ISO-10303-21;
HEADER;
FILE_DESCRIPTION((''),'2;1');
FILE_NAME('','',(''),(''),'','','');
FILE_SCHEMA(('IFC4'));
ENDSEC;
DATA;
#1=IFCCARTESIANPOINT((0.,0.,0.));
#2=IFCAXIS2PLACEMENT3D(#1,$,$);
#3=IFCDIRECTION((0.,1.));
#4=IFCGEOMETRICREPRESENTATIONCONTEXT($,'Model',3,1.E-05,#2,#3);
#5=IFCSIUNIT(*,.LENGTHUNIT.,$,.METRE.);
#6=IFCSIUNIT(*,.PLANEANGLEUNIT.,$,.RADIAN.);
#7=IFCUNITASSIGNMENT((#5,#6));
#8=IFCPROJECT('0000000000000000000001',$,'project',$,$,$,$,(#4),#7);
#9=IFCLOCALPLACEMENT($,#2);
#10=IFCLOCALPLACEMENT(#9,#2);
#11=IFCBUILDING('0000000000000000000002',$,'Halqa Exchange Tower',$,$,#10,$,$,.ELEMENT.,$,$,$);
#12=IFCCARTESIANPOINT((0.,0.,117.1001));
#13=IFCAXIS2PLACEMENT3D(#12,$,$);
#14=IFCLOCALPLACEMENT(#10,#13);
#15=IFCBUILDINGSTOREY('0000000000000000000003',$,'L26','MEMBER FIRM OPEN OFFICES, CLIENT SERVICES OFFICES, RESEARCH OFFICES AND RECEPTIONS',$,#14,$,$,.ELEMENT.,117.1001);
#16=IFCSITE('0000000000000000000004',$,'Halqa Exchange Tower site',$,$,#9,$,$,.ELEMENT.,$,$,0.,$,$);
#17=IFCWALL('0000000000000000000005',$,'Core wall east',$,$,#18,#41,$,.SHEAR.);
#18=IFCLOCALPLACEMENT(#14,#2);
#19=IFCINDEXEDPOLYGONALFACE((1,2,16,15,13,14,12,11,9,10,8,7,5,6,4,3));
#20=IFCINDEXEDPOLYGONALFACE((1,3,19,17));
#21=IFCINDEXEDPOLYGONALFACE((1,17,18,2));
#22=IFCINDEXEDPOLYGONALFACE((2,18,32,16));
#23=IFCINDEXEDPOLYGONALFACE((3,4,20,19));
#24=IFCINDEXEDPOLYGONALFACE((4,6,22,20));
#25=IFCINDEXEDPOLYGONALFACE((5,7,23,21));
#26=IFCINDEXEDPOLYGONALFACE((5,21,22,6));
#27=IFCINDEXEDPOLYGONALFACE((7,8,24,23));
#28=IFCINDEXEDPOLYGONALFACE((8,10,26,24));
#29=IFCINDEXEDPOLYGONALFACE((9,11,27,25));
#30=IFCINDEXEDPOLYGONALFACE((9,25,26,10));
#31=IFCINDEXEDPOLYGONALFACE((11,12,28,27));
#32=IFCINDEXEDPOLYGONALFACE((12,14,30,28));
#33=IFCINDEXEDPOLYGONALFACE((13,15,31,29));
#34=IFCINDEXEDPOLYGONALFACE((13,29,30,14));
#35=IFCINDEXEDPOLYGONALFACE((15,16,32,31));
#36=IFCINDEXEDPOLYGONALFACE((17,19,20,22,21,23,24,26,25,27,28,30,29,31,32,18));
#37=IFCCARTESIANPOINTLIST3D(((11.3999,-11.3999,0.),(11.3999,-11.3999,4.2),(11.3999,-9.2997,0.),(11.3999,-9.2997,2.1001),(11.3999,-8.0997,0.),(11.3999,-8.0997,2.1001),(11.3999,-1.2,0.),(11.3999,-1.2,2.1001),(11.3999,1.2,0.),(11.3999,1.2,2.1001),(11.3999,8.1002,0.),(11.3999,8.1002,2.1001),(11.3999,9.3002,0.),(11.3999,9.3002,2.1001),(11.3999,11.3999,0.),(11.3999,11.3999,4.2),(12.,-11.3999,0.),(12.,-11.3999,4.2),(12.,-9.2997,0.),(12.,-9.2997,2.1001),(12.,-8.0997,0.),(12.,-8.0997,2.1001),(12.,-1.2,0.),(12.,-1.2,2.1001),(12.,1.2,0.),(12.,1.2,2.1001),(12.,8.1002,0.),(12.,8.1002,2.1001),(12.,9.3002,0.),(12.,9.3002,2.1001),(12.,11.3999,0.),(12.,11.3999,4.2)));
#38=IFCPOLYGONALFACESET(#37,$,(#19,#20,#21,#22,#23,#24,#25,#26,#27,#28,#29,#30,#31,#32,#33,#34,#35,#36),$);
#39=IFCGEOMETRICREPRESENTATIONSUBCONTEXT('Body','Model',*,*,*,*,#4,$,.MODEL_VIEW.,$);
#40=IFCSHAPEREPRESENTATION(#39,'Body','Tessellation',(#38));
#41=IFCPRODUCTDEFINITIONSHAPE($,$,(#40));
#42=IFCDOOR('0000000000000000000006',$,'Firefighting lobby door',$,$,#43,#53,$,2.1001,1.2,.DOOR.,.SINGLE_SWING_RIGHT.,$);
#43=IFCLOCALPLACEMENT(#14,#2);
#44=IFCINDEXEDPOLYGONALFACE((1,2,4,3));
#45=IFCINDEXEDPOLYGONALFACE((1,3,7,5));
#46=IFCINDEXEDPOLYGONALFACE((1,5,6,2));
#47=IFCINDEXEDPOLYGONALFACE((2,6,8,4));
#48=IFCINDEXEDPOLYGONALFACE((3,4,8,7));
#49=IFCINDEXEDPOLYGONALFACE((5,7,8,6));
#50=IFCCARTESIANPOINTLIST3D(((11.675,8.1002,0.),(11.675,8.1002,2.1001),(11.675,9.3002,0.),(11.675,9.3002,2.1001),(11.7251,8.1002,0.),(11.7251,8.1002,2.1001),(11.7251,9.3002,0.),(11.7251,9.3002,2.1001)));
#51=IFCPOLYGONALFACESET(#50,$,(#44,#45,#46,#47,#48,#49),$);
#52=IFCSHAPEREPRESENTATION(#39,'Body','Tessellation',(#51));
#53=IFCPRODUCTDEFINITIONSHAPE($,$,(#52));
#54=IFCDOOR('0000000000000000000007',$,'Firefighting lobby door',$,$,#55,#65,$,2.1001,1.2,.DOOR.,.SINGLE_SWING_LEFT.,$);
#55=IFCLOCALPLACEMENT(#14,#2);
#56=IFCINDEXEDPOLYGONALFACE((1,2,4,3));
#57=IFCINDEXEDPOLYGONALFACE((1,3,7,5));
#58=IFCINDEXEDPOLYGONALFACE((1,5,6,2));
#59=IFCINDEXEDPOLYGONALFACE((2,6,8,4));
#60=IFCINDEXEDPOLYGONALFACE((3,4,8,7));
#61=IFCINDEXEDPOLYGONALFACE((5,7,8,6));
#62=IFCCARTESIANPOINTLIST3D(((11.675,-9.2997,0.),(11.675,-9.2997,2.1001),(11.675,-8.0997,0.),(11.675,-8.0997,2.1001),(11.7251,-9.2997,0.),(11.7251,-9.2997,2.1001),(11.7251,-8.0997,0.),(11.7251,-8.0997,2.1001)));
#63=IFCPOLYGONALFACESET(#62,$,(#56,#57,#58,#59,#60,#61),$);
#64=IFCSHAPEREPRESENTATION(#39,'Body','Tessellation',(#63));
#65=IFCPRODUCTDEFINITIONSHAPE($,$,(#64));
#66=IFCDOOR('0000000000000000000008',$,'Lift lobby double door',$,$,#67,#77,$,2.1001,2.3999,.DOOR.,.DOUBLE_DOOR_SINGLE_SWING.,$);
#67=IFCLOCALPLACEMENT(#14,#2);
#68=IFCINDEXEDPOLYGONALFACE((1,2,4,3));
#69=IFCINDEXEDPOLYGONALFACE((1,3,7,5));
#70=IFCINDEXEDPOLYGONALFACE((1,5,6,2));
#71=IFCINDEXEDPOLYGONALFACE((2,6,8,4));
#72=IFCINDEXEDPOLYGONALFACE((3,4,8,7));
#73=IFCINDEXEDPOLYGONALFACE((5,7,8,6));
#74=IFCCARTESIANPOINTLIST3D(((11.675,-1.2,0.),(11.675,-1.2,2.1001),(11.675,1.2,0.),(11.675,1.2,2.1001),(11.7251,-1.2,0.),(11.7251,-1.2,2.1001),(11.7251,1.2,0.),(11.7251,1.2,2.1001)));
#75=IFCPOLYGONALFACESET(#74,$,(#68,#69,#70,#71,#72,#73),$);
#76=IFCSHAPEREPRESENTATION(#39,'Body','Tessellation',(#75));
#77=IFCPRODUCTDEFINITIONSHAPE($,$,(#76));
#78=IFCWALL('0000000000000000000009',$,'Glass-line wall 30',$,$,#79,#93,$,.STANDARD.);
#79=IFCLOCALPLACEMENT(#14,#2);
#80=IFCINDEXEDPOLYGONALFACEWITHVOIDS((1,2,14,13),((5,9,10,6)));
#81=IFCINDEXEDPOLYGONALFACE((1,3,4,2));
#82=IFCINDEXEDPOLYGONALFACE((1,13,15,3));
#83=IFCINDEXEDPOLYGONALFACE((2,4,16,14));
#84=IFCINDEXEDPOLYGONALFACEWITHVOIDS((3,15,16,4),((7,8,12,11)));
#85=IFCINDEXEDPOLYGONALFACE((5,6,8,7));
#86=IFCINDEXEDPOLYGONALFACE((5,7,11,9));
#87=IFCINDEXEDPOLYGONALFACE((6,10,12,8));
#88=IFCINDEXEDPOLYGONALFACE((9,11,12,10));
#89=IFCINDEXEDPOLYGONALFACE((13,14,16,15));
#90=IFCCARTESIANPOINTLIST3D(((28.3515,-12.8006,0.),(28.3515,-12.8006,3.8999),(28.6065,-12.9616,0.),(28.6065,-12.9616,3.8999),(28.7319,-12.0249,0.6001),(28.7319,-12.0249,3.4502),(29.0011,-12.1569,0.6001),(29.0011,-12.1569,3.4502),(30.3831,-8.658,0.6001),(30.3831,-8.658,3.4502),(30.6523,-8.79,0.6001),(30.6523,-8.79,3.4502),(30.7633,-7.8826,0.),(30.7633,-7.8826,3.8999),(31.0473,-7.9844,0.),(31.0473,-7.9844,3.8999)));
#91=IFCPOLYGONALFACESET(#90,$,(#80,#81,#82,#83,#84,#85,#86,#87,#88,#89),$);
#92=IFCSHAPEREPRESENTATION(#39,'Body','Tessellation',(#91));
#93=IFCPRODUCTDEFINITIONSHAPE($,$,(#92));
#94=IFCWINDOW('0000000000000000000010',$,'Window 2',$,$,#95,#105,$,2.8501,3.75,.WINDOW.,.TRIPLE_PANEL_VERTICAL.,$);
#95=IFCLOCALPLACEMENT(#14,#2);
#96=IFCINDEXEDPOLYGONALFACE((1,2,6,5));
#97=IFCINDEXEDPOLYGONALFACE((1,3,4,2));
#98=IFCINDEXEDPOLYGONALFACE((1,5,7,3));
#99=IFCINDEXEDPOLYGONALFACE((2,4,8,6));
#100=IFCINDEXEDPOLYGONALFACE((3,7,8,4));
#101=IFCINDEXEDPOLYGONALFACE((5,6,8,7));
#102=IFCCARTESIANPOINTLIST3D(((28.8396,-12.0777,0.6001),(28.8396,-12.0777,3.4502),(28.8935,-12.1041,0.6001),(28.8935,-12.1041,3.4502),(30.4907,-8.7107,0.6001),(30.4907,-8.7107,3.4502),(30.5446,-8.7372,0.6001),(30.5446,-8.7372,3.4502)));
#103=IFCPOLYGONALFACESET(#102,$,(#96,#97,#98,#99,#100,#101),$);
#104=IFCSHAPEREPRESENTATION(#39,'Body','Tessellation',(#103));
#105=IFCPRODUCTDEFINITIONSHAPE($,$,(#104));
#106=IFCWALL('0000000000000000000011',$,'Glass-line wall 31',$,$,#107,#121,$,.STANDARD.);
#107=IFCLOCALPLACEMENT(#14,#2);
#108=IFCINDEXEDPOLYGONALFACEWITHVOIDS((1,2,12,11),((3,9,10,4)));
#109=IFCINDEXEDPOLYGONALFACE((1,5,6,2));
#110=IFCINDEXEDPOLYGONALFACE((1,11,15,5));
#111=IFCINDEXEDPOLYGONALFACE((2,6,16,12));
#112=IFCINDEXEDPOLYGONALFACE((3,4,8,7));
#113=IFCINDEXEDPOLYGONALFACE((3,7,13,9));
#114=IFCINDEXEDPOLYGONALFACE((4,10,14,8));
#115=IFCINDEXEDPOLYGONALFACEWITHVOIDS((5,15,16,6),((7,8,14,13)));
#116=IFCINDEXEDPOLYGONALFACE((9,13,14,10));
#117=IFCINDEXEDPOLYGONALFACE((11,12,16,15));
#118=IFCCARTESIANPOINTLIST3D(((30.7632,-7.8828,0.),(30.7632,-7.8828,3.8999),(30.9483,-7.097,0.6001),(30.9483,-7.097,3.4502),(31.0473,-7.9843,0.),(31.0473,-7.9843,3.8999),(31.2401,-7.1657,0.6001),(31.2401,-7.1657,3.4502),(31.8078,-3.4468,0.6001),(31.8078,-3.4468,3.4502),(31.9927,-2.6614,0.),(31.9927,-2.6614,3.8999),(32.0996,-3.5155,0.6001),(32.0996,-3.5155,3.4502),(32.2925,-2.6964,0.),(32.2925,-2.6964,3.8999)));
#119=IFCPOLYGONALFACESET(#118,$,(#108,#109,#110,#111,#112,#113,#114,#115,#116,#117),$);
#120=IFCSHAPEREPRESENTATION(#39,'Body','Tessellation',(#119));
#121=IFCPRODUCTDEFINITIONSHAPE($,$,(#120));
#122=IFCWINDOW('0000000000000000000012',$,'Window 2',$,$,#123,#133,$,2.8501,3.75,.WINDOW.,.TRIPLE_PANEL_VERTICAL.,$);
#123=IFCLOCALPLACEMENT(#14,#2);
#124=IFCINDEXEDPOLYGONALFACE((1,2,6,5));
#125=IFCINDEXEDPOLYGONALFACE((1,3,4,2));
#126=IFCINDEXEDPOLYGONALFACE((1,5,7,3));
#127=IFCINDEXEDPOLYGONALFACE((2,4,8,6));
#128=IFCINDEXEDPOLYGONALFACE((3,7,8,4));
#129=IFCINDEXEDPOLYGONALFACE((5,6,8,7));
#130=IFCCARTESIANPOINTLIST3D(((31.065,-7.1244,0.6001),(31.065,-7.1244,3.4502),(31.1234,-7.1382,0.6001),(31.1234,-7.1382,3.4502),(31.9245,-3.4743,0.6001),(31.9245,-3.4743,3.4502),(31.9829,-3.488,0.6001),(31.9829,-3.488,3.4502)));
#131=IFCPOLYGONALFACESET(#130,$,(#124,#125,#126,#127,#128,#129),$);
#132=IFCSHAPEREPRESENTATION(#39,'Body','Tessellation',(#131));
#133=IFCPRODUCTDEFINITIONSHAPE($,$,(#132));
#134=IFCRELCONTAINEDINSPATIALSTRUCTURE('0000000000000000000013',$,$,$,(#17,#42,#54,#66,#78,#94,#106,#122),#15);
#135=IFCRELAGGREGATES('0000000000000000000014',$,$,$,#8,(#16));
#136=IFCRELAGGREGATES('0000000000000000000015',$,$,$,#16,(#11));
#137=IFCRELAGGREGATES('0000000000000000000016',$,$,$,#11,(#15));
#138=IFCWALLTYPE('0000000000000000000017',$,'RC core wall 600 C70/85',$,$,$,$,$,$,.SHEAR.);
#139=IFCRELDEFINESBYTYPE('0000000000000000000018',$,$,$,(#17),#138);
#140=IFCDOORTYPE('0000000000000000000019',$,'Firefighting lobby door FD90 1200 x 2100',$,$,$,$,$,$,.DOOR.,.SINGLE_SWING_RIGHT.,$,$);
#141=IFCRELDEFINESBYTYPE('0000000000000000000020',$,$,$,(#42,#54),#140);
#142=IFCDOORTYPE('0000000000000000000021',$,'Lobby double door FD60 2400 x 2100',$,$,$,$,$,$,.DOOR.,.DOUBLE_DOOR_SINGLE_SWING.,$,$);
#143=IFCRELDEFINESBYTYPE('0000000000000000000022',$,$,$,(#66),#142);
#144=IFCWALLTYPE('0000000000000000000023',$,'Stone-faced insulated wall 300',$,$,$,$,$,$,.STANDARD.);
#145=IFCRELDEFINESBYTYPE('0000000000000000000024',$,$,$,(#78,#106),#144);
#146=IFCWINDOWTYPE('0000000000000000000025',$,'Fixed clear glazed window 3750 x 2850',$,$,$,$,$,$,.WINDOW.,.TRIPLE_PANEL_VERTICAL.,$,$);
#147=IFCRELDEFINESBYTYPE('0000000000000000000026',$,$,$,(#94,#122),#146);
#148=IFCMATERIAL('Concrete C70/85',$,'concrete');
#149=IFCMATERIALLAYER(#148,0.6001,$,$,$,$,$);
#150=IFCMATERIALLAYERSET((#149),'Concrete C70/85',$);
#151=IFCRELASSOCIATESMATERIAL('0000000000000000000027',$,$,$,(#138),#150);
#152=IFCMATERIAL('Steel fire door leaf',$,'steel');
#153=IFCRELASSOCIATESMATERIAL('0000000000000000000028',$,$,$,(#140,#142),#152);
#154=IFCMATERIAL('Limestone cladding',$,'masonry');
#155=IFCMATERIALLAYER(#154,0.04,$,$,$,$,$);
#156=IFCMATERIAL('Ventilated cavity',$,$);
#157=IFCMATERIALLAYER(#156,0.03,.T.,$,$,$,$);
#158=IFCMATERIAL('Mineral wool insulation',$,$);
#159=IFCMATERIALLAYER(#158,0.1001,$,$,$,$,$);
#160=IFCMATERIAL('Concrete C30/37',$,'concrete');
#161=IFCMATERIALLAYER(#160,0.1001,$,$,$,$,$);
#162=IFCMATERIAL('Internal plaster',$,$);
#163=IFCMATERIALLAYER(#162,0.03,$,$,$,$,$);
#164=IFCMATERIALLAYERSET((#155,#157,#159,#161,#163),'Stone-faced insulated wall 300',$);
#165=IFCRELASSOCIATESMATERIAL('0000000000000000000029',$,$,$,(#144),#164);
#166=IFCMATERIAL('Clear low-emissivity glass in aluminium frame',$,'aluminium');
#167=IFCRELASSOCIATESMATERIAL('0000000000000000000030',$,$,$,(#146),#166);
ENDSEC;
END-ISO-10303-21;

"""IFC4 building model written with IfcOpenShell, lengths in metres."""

from ifc_helpers import new_model, si_unit, direction, frame, frame_2d, origin, place, context, subcontext, project, spatial, polyline, rectangle, outline, extrude, material, layer, layer_set, type_object, element, fill, save


model = new_model("IFC4")

# Units and contexts
model_context = context("Model", 3, precision=1e-05, world=origin(), true_north=direction((0.0, 1.0)))
body_context = subcontext(model_context, "Body", "Model", "MODEL_VIEW")
ifc_project = project(units=[si_unit("LENGTHUNIT", "METRE"), si_unit("PLANEANGLEUNIT", "RADIAN")], contexts=[model_context])

# Site, building, storey
site_placement = place(None, origin())
site = spatial("IfcSite", under=ifc_project, at=site_placement, Name="Halqa Exchange Tower site", CompositionType="ELEMENT", RefElevation=0.0)
building_placement = place(site_placement, origin())
building = spatial("IfcBuilding", under=site, at=building_placement, Name="Halqa Exchange Tower", CompositionType="ELEMENT")
storey_placement = place(building_placement, frame((0.0, 0.0, 117.1001)))
storey = spatial("IfcBuildingStorey", under=building, at=storey_placement, Name="L26", Description="MEMBER FIRM OPEN OFFICES, CLIENT SERVICES OFFICES, RESEARCH OFFICES AND RECEPTIONS", CompositionType="ELEMENT", Elevation=117.1001)

# Shared definitions
ifc_material_1 = material(Name="Concrete C70/85", Category="concrete")

# Wall, openings, doors
ifc_layer_1 = layer(ifc_material_1, 0.6001)
ifc_layer_set_1 = layer_set([ifc_layer_1], Name="Concrete C70/85")
wall_type_1 = type_object("IfcWallType", Name="RC core wall 600 C70/85", PredefinedType="SHEAR", material=ifc_layer_set_1)
wall_1_placement = place(storey_placement, frame((11.7, -11.3999, 0.0), z_axis=(0.0, 0.0, 1.0), x_axis=(0.0, 1.0, 0.0)))
wall_1 = element("IfcWall", 1, at=wall_1_placement, inside=storey, type_object=wall_type_1, Name="Core wall east", PredefinedType="SHEAR", context=body_context, shape_type="SweptSolid", body=[
    extrude(rectangle(XDim=22.7998, YDim=0.6001, at=frame_2d((11.3999, 0.0))), origin(), (0.0, 0.0, 1.0), 4.2),
])
opening_1_placement = place(wall_1_placement, frame((10.2, 0.0, 0.0)))
opening_1 = element("IfcOpeningElement", 2, at=opening_1_placement, cuts=wall_1, PredefinedType="OPENING", context=body_context, shape_type="SweptSolid", body=[
    extrude(rectangle(XDim=2.3999, YDim=2.1001, at=frame_2d((1.2, 1.05))), frame((0.0, 0.312, 0.0), z_axis=(0.0, -1.0, 0.0), x_axis=(1.0, 0.0, 0.0)), (0.0, 0.0, 1.0), 0.624),
])
opening_2_placement = place(wall_1_placement, frame((19.5, 0.0, 0.0)))
opening_2 = element("IfcOpeningElement", 3, at=opening_2_placement, cuts=wall_1, PredefinedType="OPENING", context=body_context, shape_type="SweptSolid", body=[
    extrude(rectangle(XDim=1.2, YDim=2.1001, at=frame_2d((0.6001, 1.05))), frame((0.0, 0.312, 0.0), z_axis=(0.0, -1.0, 0.0), x_axis=(1.0, 0.0, 0.0)), (0.0, 0.0, 1.0), 0.624),
])
opening_3_placement = place(wall_1_placement, frame((2.1001, 0.0, 0.0)))
opening_3 = element("IfcOpeningElement", 4, at=opening_3_placement, cuts=wall_1, PredefinedType="OPENING", context=body_context, shape_type="SweptSolid", body=[
    extrude(rectangle(XDim=1.2, YDim=2.1001, at=frame_2d((0.6001, 1.05))), frame((0.0, 0.312, 0.0), z_axis=(0.0, -1.0, 0.0), x_axis=(1.0, 0.0, 0.0)), (0.0, 0.0, 1.0), 0.624),
])
ifc_material_2 = material(Name="Steel fire door leaf", Category="steel")
door_type_1 = type_object("IfcDoorType", Name="Firefighting lobby door FD90 1200 x 2100", OperationType="SINGLE_SWING_RIGHT", PredefinedType="DOOR", material=ifc_material_2)
door_1_placement = place(opening_2_placement, origin())
door_1 = element("IfcDoor", 5, at=door_1_placement, inside=storey, type_object=door_type_1, Name="Firefighting lobby door", OperationType="SINGLE_SWING_RIGHT", OverallHeight=2.1001, OverallWidth=1.2, PredefinedType="DOOR", context=body_context, shape_type="SweptSolid", body=[
    extrude(rectangle(XDim=1.2, YDim=2.1001, at=frame_2d((0.6001, 1.05))), frame((0.0, 0.0249, 0.0), z_axis=(0.0, -1.0, 0.0), x_axis=(1.0, 0.0, 0.0)), (0.0, 0.0, 1.0), 0.05),
])
fill(opening_2, door_1)
door_2_placement = place(opening_3_placement, origin())
door_2 = element("IfcDoor", 6, at=door_2_placement, inside=storey, type_object=door_type_1, Name="Firefighting lobby door", OperationType="SINGLE_SWING_LEFT", OverallHeight=2.1001, OverallWidth=1.2, PredefinedType="DOOR", context=body_context, shape_type="SweptSolid", body=[
    extrude(rectangle(XDim=1.2, YDim=2.1001, at=frame_2d((0.6001, 1.05))), frame((0.0, 0.0249, 0.0), z_axis=(0.0, -1.0, 0.0), x_axis=(1.0, 0.0, 0.0)), (0.0, 0.0, 1.0), 0.05),
])
fill(opening_3, door_2)
door_type_2 = type_object("IfcDoorType", Name="Lobby double door FD60 2400 x 2100", OperationType="DOUBLE_DOOR_SINGLE_SWING", PredefinedType="DOOR", material=ifc_material_2)
door_3_placement = place(opening_1_placement, origin())
door_3 = element("IfcDoor", 7, at=door_3_placement, inside=storey, type_object=door_type_2, Name="Lift lobby double door", OperationType="DOUBLE_DOOR_SINGLE_SWING", OverallHeight=2.1001, OverallWidth=2.3999, PredefinedType="DOOR", context=body_context, shape_type="SweptSolid", body=[
    extrude(rectangle(XDim=2.3999, YDim=2.1001, at=frame_2d((1.2, 1.05))), frame((0.0, 0.0249, 0.0), z_axis=(0.0, -1.0, 0.0), x_axis=(1.0, 0.0, 0.0)), (0.0, 0.0, 1.0), 0.05),
])
fill(opening_1, door_3)

# Walls, openings, windows
ifc_material_3 = material(Name="Limestone cladding", Category="masonry")
ifc_layer_2 = layer(ifc_material_3, 0.04)
ifc_material_4 = material(Name="Ventilated cavity")
ifc_layer_3 = layer(ifc_material_4, 0.03, ventilated=True)
ifc_material_5 = material(Name="Mineral wool insulation")
ifc_layer_4 = layer(ifc_material_5, 0.1001)
ifc_material_6 = material(Name="Concrete C30/37", Category="concrete")
ifc_layer_5 = layer(ifc_material_6, 0.1001)
ifc_material_7 = material(Name="Internal plaster")
ifc_layer_6 = layer(ifc_material_7, 0.03)
ifc_layer_set_2 = layer_set([ifc_layer_2, ifc_layer_3, ifc_layer_4, ifc_layer_5, ifc_layer_6], Name="Stone-faced insulated wall 300")
wall_type_2 = type_object("IfcWallType", Name="Stone-faced insulated wall 300", PredefinedType="STANDARD", material=ifc_layer_set_2)
wall_2_placement = place(storey_placement, frame((28.479, -12.8811, 0.0), z_axis=(0.0, 0.0, 1.0), x_axis=(0.440306, 0.897848, 0.0)))
wall_2 = element("IfcWall", 8, at=wall_2_placement, inside=storey, type_object=wall_type_2, Name="Glass-line wall 30", PredefinedType="STANDARD", context=body_context, shape_type="SweptSolid", body=[
    extrude(outline(polyline([(-0.0161, -0.1499), (5.5273, -0.1499), (5.4937, 0.1499), (0.0161, 0.1499), (-0.0161, -0.1499)])), origin(), (0.0, 0.0, 1.0), 3.8999),
])
opening_4_placement = place(wall_2_placement, frame((0.8801, 0.0, 0.6001)))
opening_4 = element("IfcOpeningElement", 9, at=opening_4_placement, cuts=wall_2, PredefinedType="OPENING", context=body_context, shape_type="SweptSolid", body=[
    extrude(rectangle(XDim=3.75, YDim=2.8501, at=frame_2d((1.875, 1.425))), frame((0.0, 0.1621, 0.0), z_axis=(0.0, -1.0, 0.0), x_axis=(1.0, 0.0, 0.0)), (0.0, 0.0, 1.0), 0.324),
])
ifc_material_8 = material(Name="Clear low-emissivity glass in aluminium frame", Category="aluminium")
window_type = type_object("IfcWindowType", Name="Fixed clear glazed window 3750 x 2850", PartitioningType="TRIPLE_PANEL_VERTICAL", PredefinedType="WINDOW", material=ifc_material_8)
window_1_placement = place(opening_4_placement, origin())
window_1 = element("IfcWindow", 10, at=window_1_placement, inside=storey, type_object=window_type, Name="Window 2", OverallHeight=2.8501, OverallWidth=3.75, PartitioningType="TRIPLE_PANEL_VERTICAL", PredefinedType="WINDOW", context=body_context, shape_type="SweptSolid", body=[
    extrude(rectangle(XDim=3.75, YDim=2.8501, at=frame_2d((1.875, 1.425))), frame((0.0, 0.03, 0.0), z_axis=(0.0, -1.0, 0.0), x_axis=(1.0, 0.0, 0.0)), (0.0, 0.0, 1.0), 0.0601),
])
fill(opening_4, window_1)
wall_3_placement = place(storey_placement, frame((30.9053, -7.9336, 0.0), z_axis=(0.0, 0.0, 1.0), x_axis=(0.229201, 0.973379, 0.0)))
wall_3 = element("IfcWall", 11, at=wall_3_placement, inside=storey, type_object=wall_type_2, Name="Glass-line wall 31", PredefinedType="STANDARD", context=body_context, shape_type="SweptSolid", body=[
    extrude(outline(polyline([(-0.0168, -0.1499), (5.4158, -0.1499), (5.3811, 0.1499), (0.0168, 0.1499), (-0.0168, -0.1499)])), origin(), (0.0, 0.0, 1.0), 3.8999),
])
opening_5_placement = place(wall_3_placement, frame((0.8242, 0.0, 0.6001)))
opening_5 = element("IfcOpeningElement", 12, at=opening_5_placement, cuts=wall_3, PredefinedType="OPENING", context=body_context, shape_type="SweptSolid", body=[
    extrude(rectangle(XDim=3.75, YDim=2.8501, at=frame_2d((1.875, 1.425))), frame((0.0, 0.1621, 0.0), z_axis=(0.0, -1.0, 0.0), x_axis=(1.0, 0.0, 0.0)), (0.0, 0.0, 1.0), 0.324),
])
window_2_placement = place(opening_5_placement, origin())
window_2 = element("IfcWindow", 13, at=window_2_placement, inside=storey, type_object=window_type, Name="Window 2", OverallHeight=2.8501, OverallWidth=3.75, PartitioningType="TRIPLE_PANEL_VERTICAL", PredefinedType="WINDOW", context=body_context, shape_type="SweptSolid", body=[
    extrude(rectangle(XDim=3.75, YDim=2.8501, at=frame_2d((1.875, 1.425))), frame((0.0, 0.03, 0.0), z_axis=(0.0, -1.0, 0.0), x_axis=(1.0, 0.0, 0.0)), (0.0, 0.0, 1.0), 0.0601),
])
fill(opening_5, window_2)

save(model, "model.ifc")
